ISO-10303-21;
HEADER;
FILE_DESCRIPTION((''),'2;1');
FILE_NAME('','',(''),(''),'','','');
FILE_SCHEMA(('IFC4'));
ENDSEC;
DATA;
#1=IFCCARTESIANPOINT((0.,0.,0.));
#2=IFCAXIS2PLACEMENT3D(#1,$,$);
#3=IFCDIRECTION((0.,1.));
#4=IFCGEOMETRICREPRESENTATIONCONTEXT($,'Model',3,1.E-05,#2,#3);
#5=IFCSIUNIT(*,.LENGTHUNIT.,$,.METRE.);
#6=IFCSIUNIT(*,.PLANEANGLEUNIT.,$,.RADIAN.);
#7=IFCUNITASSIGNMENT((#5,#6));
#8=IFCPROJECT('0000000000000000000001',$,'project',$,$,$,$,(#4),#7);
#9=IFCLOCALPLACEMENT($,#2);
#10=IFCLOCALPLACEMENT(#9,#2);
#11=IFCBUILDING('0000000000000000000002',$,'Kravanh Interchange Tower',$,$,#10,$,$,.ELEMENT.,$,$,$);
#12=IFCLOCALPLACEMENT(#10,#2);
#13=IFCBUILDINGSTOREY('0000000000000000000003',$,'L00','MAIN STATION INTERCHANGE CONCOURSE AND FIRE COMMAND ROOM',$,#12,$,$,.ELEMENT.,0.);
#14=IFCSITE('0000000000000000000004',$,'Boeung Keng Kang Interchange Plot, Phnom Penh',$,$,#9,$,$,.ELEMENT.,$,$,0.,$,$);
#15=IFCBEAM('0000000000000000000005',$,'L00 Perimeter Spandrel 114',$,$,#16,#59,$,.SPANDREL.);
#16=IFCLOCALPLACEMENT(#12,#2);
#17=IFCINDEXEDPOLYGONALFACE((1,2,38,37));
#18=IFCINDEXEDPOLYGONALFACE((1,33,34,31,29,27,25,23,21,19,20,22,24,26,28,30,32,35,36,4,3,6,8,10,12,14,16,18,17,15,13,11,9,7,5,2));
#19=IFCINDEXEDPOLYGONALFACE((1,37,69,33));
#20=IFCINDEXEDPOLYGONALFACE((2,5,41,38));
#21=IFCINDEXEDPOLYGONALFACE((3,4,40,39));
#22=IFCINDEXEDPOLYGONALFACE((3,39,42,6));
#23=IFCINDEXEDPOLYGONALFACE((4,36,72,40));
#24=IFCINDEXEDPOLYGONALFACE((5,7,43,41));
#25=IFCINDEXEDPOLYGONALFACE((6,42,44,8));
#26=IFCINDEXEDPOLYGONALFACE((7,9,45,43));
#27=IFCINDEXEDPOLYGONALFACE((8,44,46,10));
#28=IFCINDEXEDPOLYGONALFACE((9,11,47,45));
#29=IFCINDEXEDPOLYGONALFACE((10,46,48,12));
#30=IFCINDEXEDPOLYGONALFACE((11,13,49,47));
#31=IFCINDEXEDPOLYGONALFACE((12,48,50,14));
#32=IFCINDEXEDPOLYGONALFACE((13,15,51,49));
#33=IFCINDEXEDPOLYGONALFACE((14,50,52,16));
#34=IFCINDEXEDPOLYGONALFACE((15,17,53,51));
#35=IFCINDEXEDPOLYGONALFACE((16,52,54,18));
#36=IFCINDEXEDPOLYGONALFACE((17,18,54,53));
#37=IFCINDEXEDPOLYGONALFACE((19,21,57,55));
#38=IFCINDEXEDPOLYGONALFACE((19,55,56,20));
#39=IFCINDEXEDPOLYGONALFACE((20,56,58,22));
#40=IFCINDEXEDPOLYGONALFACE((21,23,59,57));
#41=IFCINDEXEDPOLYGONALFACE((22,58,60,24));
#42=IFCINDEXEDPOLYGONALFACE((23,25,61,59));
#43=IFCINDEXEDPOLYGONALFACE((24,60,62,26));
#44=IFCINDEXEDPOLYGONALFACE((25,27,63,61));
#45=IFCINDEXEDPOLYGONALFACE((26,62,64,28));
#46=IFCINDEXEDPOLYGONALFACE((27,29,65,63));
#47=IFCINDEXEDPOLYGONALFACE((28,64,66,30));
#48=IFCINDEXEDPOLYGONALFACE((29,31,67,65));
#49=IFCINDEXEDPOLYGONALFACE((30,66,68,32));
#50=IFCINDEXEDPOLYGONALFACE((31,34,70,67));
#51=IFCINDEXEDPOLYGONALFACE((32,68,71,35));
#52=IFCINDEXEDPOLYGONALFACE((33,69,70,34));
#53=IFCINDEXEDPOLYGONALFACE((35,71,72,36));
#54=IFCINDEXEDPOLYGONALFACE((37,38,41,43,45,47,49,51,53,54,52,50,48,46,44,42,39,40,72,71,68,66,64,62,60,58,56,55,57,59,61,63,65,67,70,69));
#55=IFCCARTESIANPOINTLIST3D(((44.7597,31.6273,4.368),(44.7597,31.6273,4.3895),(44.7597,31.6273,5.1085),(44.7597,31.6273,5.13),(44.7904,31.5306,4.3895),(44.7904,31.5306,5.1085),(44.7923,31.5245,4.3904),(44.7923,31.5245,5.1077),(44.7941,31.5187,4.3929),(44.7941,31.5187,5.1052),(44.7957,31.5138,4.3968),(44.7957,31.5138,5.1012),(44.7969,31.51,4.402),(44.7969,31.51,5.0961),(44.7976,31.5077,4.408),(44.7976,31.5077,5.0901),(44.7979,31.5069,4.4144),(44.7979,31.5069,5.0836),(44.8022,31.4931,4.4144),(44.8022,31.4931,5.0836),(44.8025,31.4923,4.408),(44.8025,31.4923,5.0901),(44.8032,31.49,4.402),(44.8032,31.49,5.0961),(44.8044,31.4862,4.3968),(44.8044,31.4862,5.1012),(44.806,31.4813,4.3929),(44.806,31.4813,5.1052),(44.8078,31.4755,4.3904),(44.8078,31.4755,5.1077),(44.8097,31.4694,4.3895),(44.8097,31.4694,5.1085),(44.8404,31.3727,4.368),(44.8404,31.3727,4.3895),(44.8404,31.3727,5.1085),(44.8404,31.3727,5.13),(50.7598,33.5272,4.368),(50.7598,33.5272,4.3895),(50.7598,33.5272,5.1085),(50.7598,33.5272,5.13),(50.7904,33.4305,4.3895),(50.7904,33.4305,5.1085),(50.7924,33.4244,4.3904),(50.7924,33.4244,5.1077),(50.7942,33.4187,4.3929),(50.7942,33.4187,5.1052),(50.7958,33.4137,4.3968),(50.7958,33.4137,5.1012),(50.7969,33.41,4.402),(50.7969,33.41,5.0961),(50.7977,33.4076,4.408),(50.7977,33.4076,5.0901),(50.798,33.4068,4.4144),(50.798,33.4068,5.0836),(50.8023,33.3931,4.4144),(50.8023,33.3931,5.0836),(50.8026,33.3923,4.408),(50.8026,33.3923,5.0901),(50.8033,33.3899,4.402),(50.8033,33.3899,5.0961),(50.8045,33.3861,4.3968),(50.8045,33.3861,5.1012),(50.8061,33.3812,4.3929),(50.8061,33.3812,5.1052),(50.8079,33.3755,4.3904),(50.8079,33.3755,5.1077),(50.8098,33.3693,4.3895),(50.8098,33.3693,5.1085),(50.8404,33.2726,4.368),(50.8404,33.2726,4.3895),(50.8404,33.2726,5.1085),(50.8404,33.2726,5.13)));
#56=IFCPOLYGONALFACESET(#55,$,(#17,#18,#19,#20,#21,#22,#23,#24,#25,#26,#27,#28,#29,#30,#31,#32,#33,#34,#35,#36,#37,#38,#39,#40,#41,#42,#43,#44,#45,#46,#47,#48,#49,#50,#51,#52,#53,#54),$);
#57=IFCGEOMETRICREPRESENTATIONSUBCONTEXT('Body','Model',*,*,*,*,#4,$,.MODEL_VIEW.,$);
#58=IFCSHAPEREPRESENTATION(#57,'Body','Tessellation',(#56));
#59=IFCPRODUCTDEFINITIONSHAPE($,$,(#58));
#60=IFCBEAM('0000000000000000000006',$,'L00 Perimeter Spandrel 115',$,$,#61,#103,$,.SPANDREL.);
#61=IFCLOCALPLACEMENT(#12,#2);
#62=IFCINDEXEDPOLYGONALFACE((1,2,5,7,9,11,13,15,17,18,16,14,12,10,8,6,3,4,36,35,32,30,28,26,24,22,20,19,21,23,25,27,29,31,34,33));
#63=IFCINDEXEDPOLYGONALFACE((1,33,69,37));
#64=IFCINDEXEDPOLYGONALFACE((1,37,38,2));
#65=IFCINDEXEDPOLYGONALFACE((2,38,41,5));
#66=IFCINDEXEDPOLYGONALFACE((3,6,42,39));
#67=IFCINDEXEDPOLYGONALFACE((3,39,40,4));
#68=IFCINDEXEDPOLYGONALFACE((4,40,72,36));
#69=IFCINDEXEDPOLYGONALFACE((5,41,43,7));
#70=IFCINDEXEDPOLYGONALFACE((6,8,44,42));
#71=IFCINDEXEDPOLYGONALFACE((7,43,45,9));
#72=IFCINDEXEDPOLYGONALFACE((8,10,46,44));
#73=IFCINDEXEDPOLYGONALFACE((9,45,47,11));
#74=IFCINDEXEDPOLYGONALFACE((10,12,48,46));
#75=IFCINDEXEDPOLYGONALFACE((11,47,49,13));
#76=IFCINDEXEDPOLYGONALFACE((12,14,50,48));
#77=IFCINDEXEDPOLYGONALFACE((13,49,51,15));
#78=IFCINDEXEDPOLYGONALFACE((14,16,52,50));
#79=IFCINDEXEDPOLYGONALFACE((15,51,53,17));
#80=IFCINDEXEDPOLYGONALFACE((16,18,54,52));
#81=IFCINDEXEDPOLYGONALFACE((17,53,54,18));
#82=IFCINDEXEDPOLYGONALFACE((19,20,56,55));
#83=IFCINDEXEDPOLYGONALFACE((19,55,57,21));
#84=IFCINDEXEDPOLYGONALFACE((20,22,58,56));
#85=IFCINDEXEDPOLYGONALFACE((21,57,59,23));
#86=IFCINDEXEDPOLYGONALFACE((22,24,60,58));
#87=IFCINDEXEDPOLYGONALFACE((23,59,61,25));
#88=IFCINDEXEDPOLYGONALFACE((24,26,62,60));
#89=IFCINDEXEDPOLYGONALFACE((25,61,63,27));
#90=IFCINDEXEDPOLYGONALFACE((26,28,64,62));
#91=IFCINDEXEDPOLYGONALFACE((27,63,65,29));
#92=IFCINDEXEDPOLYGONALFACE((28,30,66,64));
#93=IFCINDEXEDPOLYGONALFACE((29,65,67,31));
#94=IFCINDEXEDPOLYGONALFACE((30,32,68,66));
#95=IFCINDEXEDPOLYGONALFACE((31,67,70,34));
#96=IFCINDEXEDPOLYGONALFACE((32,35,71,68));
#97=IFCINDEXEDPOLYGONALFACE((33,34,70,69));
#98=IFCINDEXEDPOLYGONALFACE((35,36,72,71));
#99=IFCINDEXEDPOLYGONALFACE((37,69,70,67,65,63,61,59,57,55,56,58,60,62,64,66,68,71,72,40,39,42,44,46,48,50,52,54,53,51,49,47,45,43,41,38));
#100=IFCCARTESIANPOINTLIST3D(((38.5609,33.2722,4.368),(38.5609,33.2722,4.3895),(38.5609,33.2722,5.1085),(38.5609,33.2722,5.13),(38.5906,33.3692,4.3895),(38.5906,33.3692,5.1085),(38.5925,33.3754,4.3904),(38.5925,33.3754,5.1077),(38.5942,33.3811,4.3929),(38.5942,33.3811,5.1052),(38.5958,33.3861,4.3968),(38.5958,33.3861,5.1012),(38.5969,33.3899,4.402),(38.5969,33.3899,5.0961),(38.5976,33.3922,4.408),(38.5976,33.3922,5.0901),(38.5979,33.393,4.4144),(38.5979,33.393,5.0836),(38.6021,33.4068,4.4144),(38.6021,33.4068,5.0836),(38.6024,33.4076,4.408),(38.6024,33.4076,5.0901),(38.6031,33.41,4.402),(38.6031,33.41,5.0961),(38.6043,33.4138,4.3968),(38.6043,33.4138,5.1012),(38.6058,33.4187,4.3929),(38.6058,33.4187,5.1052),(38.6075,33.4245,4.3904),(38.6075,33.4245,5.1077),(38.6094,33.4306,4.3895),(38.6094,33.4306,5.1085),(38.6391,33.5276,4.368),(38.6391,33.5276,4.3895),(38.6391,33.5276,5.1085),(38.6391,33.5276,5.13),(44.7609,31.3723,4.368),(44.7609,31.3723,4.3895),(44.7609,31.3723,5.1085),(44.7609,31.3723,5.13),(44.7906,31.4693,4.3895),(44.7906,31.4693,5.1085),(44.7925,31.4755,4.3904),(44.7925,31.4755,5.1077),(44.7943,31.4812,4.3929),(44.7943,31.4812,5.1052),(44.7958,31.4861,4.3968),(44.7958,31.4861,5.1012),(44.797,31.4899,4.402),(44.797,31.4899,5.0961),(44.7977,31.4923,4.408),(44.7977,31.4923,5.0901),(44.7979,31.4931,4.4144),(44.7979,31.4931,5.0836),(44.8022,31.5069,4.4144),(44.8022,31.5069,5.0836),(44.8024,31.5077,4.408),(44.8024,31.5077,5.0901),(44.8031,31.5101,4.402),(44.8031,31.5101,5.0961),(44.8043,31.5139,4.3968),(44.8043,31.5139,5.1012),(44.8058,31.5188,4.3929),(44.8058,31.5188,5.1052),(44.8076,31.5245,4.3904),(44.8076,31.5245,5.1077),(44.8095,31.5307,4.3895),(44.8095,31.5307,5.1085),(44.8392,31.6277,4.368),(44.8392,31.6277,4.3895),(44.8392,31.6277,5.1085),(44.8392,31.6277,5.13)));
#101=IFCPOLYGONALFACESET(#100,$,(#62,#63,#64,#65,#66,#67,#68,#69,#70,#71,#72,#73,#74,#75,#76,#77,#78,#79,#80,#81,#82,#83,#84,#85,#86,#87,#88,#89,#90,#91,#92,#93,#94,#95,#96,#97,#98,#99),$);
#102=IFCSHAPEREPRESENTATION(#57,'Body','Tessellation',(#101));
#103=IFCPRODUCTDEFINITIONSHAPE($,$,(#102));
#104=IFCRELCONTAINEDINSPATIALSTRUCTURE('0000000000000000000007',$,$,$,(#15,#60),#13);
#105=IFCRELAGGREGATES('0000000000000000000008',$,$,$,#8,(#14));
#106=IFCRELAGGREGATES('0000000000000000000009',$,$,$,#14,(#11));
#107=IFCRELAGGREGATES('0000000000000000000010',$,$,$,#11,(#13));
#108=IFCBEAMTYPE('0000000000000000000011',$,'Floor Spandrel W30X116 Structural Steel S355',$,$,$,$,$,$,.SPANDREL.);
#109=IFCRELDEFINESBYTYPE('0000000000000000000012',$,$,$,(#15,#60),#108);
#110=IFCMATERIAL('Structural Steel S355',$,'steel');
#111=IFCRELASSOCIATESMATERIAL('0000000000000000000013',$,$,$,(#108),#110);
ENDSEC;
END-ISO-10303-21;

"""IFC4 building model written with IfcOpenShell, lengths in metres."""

from ifc_helpers import new_model, si_unit, direction, frame, origin, origin_2d, place, context, subcontext, project, spatial, i_section, extrude, material, material_profile, profile_set, type_object, element, save


model = new_model("IFC4")

# Units and contexts
model_context = context("Model", 3, precision=1e-05, world=origin(), true_north=direction((0.0, 1.0)))
body_context = subcontext(model_context, "Body", "Model", "MODEL_VIEW")
ifc_project = project(units=[si_unit("LENGTHUNIT", "METRE"), si_unit("PLANEANGLEUNIT", "RADIAN")], contexts=[model_context])

# Site, building, storey
site_placement = place(None, origin())
site = spatial("IfcSite", under=ifc_project, at=site_placement, Name="Boeung Keng Kang Interchange Plot, Phnom Penh", CompositionType="ELEMENT", RefElevation=0.0)
building_placement = place(site_placement, origin())
building = spatial("IfcBuilding", under=site, at=building_placement, Name="Kravanh Interchange Tower", CompositionType="ELEMENT")
storey_placement = place(building_placement, origin())
storey = spatial("IfcBuildingStorey", under=building, at=storey_placement, Name="L00", Description="MAIN STATION INTERCHANGE CONCOURSE AND FIRE COMMAND ROOM", CompositionType="ELEMENT", Elevation=0.0)

# Beams
ifc_material_1 = material(Name="Structural Steel S355", Category="steel")
ifc_material_profile_1 = material_profile(ifc_material_1, i_section(OverallWidth=0.2671, OverallDepth=0.762, WebThickness=0.0144, FlangeThickness=0.0215, FilletRadius=0.0249, at=origin_2d()), Name="W30X116")
ifc_profile_set_1 = profile_set([ifc_material_profile_1], Name="Structural Steel S355")
beam_type_1 = type_object("IfcBeamType", Name="Floor Spandrel W30X116 Structural Steel S355", PredefinedType="SPANDREL", material=ifc_profile_set_1)
beam_1_placement = place(storey_placement, frame((44.8, 31.5, 4.749), z_axis=(0.953347, 0.301878, 0.0), x_axis=(-0.301878, 0.953347, 0.0)))
element("IfcBeam", 1, at=beam_1_placement, inside=storey, type_object=beam_type_1, Name="L00 Perimeter Spandrel 114", PredefinedType="SPANDREL", context=body_context, shape_type="SweptSolid", body=[
    extrude(i_section(OverallWidth=0.2671, OverallDepth=0.762, WebThickness=0.0144, FlangeThickness=0.0215, FilletRadius=0.0249, at=origin_2d()), origin(), (0.0, 0.0, 1.0), 6.2937),
])
beam_2_placement = place(storey_placement, frame((44.8, 31.5, 4.749), z_axis=(-0.956115, 0.29299, 0.0), x_axis=(-0.29299, -0.956115, 0.0)))
element("IfcBeam", 2, at=beam_2_placement, inside=storey, type_object=beam_type_1, Name="L00 Perimeter Spandrel 115", PredefinedType="SPANDREL", context=body_context, shape_type="SweptSolid", body=[
    extrude(i_section(OverallWidth=0.2671, OverallDepth=0.762, WebThickness=0.0144, FlangeThickness=0.0215, FilletRadius=0.0249, at=origin_2d()), origin(), (0.0, 0.0, 1.0), 6.4846),
])

save(model, "model.ifc")
